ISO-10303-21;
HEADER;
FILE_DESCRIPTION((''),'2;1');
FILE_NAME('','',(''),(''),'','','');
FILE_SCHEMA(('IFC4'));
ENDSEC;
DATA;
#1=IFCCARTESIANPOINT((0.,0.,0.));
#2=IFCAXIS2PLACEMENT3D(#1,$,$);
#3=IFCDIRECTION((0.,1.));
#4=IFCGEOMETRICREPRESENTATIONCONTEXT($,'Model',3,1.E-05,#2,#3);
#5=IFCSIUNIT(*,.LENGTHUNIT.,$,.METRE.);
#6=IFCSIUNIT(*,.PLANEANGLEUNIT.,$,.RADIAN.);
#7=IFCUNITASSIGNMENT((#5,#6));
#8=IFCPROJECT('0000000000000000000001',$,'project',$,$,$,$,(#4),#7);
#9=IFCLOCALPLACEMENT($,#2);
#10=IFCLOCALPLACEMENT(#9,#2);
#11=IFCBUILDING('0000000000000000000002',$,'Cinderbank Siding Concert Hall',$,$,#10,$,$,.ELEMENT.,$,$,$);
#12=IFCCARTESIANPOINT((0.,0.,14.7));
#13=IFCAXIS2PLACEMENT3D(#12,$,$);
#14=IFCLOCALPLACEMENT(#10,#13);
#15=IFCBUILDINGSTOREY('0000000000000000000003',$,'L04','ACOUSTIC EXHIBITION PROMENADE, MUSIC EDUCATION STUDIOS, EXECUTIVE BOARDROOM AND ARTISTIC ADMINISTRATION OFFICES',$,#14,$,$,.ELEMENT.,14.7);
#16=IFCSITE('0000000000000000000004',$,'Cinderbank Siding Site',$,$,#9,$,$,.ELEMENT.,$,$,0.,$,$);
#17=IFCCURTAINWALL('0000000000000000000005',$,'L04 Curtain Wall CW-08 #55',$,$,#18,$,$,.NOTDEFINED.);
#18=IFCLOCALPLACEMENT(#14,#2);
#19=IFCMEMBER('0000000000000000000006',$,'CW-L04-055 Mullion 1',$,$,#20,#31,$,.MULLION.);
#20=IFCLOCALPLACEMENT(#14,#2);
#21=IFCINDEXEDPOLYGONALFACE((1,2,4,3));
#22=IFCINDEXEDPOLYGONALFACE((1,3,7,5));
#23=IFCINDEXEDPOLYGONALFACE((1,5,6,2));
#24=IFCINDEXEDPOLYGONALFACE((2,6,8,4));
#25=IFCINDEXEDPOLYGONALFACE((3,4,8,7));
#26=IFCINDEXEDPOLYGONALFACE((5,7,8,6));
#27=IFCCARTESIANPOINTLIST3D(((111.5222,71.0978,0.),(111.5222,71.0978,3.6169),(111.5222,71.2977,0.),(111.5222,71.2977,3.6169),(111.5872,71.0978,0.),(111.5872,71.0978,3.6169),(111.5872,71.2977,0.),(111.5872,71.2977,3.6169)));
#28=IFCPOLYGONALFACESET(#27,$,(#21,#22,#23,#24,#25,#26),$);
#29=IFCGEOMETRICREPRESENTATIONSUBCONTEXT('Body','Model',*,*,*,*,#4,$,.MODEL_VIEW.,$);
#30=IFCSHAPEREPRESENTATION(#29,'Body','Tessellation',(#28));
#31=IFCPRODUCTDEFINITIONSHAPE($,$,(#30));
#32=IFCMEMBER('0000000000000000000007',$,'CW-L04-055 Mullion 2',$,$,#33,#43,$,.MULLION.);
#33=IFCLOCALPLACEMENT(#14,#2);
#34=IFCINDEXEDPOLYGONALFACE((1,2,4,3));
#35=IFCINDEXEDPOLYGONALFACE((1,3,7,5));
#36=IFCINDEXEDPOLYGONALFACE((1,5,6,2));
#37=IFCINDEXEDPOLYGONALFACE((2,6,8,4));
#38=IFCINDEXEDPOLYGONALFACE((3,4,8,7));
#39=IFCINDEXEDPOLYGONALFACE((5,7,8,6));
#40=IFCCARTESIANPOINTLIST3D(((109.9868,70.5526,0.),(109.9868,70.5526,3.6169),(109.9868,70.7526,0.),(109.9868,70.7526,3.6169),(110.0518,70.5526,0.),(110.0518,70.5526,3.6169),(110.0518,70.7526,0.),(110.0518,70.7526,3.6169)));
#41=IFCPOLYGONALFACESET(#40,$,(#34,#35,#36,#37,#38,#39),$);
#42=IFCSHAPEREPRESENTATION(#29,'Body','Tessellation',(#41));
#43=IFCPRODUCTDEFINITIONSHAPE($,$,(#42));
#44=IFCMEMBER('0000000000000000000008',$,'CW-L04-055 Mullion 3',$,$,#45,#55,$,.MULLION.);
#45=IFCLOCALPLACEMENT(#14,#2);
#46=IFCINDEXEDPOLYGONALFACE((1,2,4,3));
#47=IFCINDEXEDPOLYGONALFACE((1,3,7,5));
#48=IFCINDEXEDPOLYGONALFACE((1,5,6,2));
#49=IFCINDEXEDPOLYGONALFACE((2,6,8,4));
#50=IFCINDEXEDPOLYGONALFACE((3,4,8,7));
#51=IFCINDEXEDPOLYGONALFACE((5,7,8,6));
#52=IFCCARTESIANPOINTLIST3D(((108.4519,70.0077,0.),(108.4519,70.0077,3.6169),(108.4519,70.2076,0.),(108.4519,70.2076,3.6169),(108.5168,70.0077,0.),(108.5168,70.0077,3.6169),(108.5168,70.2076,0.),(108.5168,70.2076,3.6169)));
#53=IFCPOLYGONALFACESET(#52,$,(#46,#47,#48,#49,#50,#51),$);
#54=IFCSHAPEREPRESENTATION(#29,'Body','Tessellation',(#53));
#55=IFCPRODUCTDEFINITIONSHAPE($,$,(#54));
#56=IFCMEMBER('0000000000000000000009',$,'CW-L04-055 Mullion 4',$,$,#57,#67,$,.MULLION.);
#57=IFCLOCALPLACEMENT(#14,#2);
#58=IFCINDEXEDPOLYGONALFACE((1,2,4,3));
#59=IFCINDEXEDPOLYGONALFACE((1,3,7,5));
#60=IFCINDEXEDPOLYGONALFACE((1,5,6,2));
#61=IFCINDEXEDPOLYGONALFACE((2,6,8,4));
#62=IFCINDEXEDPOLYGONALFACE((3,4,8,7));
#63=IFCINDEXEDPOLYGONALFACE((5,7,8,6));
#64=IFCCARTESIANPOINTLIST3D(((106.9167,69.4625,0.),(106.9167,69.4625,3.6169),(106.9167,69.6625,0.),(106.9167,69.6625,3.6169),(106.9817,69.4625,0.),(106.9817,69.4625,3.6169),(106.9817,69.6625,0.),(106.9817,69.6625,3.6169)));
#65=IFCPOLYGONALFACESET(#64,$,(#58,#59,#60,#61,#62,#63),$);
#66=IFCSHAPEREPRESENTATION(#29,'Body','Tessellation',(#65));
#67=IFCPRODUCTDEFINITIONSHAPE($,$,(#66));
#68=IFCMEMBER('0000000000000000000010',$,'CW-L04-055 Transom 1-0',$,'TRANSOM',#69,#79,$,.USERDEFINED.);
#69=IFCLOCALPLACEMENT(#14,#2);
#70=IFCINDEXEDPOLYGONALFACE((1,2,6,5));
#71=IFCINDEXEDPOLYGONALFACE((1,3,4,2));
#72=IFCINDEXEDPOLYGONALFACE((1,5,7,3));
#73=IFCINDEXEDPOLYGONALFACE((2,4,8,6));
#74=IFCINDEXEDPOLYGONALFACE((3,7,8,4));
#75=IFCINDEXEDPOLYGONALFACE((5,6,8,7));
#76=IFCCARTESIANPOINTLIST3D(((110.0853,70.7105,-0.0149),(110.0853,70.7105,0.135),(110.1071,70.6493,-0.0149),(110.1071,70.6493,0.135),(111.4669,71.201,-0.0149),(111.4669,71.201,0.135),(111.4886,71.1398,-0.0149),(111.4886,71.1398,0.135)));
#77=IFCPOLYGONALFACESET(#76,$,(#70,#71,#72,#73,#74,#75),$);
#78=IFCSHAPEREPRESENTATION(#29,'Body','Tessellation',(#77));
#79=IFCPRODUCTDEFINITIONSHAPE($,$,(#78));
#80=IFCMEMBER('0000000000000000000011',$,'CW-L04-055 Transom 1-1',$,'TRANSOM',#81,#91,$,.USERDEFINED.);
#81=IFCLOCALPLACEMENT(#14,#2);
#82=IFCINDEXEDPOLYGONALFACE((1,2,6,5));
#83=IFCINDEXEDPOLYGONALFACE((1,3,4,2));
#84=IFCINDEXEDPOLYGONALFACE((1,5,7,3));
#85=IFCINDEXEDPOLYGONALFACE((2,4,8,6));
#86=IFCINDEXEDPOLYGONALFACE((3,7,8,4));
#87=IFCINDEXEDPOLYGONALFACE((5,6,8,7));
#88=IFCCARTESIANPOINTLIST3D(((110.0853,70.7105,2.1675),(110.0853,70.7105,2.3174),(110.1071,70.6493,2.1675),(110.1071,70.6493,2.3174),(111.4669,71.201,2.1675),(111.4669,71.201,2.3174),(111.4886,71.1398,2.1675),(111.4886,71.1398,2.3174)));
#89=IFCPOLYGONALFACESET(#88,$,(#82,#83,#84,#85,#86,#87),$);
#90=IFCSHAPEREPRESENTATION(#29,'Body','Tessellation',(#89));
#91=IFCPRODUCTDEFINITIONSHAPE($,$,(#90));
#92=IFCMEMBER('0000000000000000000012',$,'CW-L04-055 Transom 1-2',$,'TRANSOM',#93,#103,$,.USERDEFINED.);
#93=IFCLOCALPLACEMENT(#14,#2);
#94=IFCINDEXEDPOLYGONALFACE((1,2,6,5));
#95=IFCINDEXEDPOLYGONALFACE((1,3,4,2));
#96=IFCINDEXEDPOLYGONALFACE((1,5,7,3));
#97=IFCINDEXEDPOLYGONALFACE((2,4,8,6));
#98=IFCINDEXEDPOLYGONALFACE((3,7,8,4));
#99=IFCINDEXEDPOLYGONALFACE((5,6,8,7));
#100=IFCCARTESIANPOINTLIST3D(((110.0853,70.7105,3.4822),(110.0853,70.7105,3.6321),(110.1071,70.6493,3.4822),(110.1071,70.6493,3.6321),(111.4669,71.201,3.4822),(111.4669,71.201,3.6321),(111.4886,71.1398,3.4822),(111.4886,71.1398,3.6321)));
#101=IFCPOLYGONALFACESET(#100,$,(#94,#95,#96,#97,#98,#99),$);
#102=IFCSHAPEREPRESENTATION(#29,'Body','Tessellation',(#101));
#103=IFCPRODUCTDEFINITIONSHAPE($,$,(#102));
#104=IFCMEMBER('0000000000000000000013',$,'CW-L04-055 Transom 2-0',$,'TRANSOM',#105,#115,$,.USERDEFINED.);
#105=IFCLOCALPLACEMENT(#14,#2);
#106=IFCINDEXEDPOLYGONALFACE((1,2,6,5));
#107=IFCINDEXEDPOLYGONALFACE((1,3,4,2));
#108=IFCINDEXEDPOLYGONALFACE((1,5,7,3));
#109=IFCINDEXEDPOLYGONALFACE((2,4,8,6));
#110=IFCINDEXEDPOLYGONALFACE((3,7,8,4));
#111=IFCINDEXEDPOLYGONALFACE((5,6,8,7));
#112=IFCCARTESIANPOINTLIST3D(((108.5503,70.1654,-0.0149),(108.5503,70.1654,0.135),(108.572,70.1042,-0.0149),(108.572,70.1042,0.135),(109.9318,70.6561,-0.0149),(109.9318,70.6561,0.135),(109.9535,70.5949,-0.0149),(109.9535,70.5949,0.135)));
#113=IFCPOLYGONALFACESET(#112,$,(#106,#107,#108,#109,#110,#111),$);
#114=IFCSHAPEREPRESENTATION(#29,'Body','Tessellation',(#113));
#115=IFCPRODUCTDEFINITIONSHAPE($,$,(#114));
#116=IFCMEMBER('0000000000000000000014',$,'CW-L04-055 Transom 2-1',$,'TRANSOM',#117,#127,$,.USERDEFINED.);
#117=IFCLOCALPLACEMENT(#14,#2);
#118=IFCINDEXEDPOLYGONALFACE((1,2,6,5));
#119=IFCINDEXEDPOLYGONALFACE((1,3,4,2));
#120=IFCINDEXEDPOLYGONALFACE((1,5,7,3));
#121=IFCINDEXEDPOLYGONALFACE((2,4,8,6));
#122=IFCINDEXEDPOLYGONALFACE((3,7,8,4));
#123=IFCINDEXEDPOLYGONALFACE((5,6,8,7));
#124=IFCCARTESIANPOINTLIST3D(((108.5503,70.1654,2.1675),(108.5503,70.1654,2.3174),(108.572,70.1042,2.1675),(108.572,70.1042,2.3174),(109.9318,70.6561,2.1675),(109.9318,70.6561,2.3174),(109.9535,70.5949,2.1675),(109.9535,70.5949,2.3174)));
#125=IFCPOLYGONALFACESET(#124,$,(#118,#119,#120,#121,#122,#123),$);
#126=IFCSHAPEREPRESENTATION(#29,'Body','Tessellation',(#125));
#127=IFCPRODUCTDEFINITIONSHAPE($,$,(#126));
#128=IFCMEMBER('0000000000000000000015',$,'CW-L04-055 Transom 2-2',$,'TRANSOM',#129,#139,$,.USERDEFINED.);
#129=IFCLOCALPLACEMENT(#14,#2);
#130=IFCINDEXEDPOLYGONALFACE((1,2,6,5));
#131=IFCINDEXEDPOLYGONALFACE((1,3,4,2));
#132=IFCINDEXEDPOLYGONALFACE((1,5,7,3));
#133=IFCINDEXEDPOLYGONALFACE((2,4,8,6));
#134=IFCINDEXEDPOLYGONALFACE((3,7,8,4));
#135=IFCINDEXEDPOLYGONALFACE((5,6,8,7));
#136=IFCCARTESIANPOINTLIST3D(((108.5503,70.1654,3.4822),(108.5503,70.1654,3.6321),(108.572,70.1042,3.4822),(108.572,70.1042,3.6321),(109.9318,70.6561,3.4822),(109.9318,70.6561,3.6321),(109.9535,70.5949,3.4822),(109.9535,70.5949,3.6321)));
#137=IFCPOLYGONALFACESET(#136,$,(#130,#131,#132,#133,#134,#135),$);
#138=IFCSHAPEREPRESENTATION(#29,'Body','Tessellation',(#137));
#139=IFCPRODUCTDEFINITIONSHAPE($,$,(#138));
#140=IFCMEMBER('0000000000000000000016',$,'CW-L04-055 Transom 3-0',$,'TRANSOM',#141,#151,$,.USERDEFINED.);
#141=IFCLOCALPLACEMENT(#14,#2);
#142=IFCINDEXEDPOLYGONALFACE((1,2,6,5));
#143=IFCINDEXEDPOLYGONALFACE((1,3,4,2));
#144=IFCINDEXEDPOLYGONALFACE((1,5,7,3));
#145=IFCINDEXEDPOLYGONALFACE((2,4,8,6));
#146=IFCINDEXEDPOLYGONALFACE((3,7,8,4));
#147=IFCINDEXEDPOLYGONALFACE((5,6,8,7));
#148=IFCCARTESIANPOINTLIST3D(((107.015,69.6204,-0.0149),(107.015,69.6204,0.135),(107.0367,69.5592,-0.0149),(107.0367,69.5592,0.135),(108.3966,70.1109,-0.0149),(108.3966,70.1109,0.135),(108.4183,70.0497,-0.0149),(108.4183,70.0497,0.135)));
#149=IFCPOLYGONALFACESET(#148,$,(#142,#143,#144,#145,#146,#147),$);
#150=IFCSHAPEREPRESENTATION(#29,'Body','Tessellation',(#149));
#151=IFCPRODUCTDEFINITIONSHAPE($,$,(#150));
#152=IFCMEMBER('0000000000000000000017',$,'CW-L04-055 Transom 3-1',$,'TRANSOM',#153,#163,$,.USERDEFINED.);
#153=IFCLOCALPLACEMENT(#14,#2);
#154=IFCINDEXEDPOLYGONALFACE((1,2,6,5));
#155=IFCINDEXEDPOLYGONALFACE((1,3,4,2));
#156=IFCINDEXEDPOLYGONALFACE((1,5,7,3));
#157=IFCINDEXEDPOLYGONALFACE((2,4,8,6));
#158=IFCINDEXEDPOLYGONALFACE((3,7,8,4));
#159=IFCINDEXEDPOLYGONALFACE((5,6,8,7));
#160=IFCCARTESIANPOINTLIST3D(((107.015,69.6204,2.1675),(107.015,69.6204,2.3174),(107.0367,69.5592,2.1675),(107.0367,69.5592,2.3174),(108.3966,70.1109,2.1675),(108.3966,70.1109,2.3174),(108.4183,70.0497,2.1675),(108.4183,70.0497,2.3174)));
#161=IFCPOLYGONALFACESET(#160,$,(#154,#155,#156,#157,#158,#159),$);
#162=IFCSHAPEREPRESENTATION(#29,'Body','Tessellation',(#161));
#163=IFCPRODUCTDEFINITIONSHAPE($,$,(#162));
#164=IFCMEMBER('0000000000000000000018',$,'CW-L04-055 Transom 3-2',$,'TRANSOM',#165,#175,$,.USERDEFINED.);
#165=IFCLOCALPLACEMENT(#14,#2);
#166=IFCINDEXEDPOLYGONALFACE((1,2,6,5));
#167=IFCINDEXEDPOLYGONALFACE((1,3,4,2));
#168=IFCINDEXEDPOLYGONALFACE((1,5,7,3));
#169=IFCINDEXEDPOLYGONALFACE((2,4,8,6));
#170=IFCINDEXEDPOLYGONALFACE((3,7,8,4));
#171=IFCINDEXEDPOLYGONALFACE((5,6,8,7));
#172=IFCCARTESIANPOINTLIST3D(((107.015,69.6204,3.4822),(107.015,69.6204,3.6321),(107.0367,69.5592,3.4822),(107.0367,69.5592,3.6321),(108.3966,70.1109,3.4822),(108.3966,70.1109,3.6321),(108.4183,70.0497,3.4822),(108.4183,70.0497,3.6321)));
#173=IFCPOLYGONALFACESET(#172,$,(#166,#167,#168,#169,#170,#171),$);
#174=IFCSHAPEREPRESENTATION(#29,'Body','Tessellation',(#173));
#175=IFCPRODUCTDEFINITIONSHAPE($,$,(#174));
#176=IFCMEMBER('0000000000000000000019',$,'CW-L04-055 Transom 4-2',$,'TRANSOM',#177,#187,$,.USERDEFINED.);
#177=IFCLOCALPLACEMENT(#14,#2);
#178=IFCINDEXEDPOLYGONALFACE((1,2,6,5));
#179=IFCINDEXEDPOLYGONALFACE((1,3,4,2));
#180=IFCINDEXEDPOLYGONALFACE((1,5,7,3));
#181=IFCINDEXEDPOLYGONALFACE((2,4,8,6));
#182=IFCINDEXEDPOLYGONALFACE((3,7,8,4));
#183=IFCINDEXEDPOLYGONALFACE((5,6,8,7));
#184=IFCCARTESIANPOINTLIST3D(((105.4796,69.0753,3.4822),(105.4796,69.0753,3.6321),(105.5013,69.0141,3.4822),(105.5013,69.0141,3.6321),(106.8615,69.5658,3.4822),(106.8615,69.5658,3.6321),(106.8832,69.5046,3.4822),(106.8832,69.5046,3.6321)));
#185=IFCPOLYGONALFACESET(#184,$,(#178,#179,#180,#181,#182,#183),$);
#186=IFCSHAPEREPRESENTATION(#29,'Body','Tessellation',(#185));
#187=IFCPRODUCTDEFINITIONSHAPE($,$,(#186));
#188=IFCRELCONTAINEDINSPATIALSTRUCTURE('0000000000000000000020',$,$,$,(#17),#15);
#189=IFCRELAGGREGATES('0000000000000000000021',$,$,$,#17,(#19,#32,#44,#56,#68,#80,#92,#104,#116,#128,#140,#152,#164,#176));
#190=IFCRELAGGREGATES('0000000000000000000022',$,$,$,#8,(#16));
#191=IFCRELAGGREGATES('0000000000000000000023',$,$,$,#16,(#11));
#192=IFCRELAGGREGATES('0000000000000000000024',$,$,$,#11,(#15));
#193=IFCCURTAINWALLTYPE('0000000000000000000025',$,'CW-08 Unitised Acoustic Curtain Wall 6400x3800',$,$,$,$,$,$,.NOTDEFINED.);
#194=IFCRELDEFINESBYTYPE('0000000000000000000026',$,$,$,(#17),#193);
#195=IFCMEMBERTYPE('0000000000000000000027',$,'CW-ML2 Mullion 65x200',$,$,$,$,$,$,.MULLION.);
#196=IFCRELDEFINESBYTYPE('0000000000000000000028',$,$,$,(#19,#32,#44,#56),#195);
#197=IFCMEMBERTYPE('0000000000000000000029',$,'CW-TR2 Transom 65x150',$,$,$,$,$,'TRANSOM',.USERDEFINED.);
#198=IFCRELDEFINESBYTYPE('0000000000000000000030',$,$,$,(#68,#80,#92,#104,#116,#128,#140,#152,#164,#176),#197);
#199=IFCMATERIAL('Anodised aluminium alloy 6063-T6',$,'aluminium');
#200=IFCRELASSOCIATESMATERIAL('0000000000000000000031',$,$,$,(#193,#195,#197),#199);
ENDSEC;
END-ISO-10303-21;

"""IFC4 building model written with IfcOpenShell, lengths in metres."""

from ifc_helpers import new_model, si_unit, direction, frame, origin, origin_2d, place, context, subcontext, project, spatial, rectangle, extrude, material, material_profile, profile_set, type_object, element, aggregate, save


model = new_model("IFC4")

# Units and contexts
model_context = context("Model", 3, precision=1e-05, world=origin(), true_north=direction((0.0, 1.0)))
body_context = subcontext(model_context, "Body", "Model", "MODEL_VIEW")
ifc_project = project(units=[si_unit("LENGTHUNIT", "METRE"), si_unit("PLANEANGLEUNIT", "RADIAN")], contexts=[model_context])

# Site, building, storey
site_placement = place(None, origin())
site = spatial("IfcSite", under=ifc_project, at=site_placement, Name="Cinderbank Siding Site", CompositionType="ELEMENT", RefElevation=0.0)
building_placement = place(site_placement, origin())
building = spatial("IfcBuilding", under=site, at=building_placement, Name="Cinderbank Siding Concert Hall", CompositionType="ELEMENT")
storey_placement = place(building_placement, frame((0.0, 0.0, 14.7)))
storey = spatial("IfcBuildingStorey", under=building, at=storey_placement, Name="L04", Description="ACOUSTIC EXHIBITION PROMENADE, MUSIC EDUCATION STUDIOS, EXECUTIVE BOARDROOM AND ARTISTIC ADMINISTRATION OFFICES", CompositionType="ELEMENT", Elevation=14.7)

# Curtain wall, members
ifc_material_1 = material(Name="Anodised aluminium alloy 6063-T6", Category="aluminium")
curtain_wall_type = type_object("IfcCurtainWallType", Name="CW-08 Unitised Acoustic Curtain Wall 6400x3800", PredefinedType="NOTDEFINED", material=ifc_material_1)
curtain_wall_placement = place(storey_placement, origin())
curtain_wall = element("IfcCurtainWall", 1, at=curtain_wall_placement, inside=storey, type_object=curtain_wall_type, Name="L04 Curtain Wall CW-08 #55", PredefinedType="NOTDEFINED")
ifc_material_profile_1 = material_profile(ifc_material_1, rectangle(XDim=0.0649, YDim=0.2, at=origin_2d()), Name="ALU-MULL-65x200", Category="LoadBearing")
ifc_profile_set_1 = profile_set([ifc_material_profile_1], Name="Anodised aluminium alloy 6063-T6")
member_type_1 = type_object("IfcMemberType", Name="CW-ML2 Mullion 65x200", PredefinedType="MULLION", material=ifc_profile_set_1)
member_1_placement = place(storey_placement, frame((111.5547, 71.1978, 0.0), z_axis=(0.0, 0.0, 1.0), x_axis=(1.0, 0.0, 0.0)))
member_1 = element("IfcMember", 2, at=member_1_placement, type_object=member_type_1, Name="CW-L04-055 Mullion 1", PredefinedType="MULLION", context=body_context, shape_type="SweptSolid", body=[
    extrude(rectangle(XDim=0.0649, YDim=0.2, at=origin_2d()), origin(), (0.0, 0.0, 1.0), 3.6169),
])
member_2_placement = place(storey_placement, frame((110.0193, 70.6526, 0.0), z_axis=(0.0, 0.0, 1.0), x_axis=(1.0, 0.0, 0.0)))
member_2 = element("IfcMember", 3, at=member_2_placement, type_object=member_type_1, Name="CW-L04-055 Mullion 2", PredefinedType="MULLION", context=body_context, shape_type="SweptSolid", body=[
    extrude(rectangle(XDim=0.0649, YDim=0.2, at=origin_2d()), origin(), (0.0, 0.0, 1.0), 3.6169),
])
member_3_placement = place(storey_placement, frame((108.4844, 70.1077, 0.0), z_axis=(0.0, 0.0, 1.0), x_axis=(1.0, 0.0, 0.0)))
member_3 = element("IfcMember", 4, at=member_3_placement, type_object=member_type_1, Name="CW-L04-055 Mullion 3", PredefinedType="MULLION", context=body_context, shape_type="SweptSolid", body=[
    extrude(rectangle(XDim=0.0649, YDim=0.2, at=origin_2d()), origin(), (0.0, 0.0, 1.0), 3.6169),
])
member_4_placement = place(storey_placement, frame((106.9492, 69.5625, 0.0), z_axis=(0.0, 0.0, 1.0), x_axis=(1.0, 0.0, 0.0)))
member_4 = element("IfcMember", 5, at=member_4_placement, type_object=member_type_1, Name="CW-L04-055 Mullion 4", PredefinedType="MULLION", context=body_context, shape_type="SweptSolid", body=[
    extrude(rectangle(XDim=0.0649, YDim=0.2, at=origin_2d()), origin(), (0.0, 0.0, 1.0), 3.6169),
])
ifc_material_profile_2 = material_profile(ifc_material_1, rectangle(XDim=0.0649, YDim=0.1499, at=origin_2d()), Name="ALU-TRAN-65x150", Category="LoadBearing")
ifc_profile_set_2 = profile_set([ifc_material_profile_2], Name="Anodised aluminium alloy 6063-T6")
member_type_2 = type_object("IfcMemberType", Name="CW-TR2 Transom 65x150", ElementType="TRANSOM", PredefinedType="USERDEFINED", material=ifc_profile_set_2)
member_5_placement = place(storey_placement, frame((111.4778, 71.1704, 0.0601), z_axis=(-0.942377, -0.334553, 0.0), x_axis=(0.334553, -0.942377, 0.0)))
member_5 = element("IfcMember", 6, at=member_5_placement, type_object=member_type_2, Name="CW-L04-055 Transom 1-0", ObjectType="TRANSOM", PredefinedType="USERDEFINED", context=body_context, shape_type="SweptSolid", body=[
    extrude(rectangle(XDim=0.0649, YDim=0.1499, at=origin_2d()), origin(), (0.0, 0.0, 1.0), 1.4661),
])
member_6_placement = place(storey_placement, frame((111.4778, 71.1704, 2.2424), z_axis=(-0.942377, -0.334553, 0.0), x_axis=(0.334553, -0.942377, 0.0)))
member_6 = element("IfcMember", 7, at=member_6_placement, type_object=member_type_2, Name="CW-L04-055 Transom 1-1", ObjectType="TRANSOM", PredefinedType="USERDEFINED", context=body_context, shape_type="SweptSolid", body=[
    extrude(rectangle(XDim=0.0649, YDim=0.1499, at=origin_2d()), origin(), (0.0, 0.0, 1.0), 1.4661),
])
member_7_placement = place(storey_placement, frame((111.4778, 71.1704, 3.5571), z_axis=(-0.942377, -0.334553, 0.0), x_axis=(0.334553, -0.942377, 0.0)))
member_7 = element("IfcMember", 8, at=member_7_placement, type_object=member_type_2, Name="CW-L04-055 Transom 1-2", ObjectType="TRANSOM", PredefinedType="USERDEFINED", context=body_context, shape_type="SweptSolid", body=[
    extrude(rectangle(XDim=0.0649, YDim=0.1499, at=origin_2d()), origin(), (0.0, 0.0, 1.0), 1.4661),
])
member_8_placement = place(storey_placement, frame((109.9426, 70.6255, 0.0601), z_axis=(-0.942324, -0.334701, 0.0), x_axis=(0.334701, -0.942324, 0.0)))
member_8 = element("IfcMember", 9, at=member_8_placement, type_object=member_type_2, Name="CW-L04-055 Transom 2-0", ObjectType="TRANSOM", PredefinedType="USERDEFINED", context=body_context, shape_type="SweptSolid", body=[
    extrude(rectangle(XDim=0.0649, YDim=0.1499, at=origin_2d()), origin(), (0.0, 0.0, 1.0), 1.4661),
])
member_9_placement = place(storey_placement, frame((109.9426, 70.6255, 2.2424), z_axis=(-0.942324, -0.334701, 0.0), x_axis=(0.334701, -0.942324, 0.0)))
member_9 = element("IfcMember", 10, at=member_9_placement, type_object=member_type_2, Name="CW-L04-055 Transom 2-1", ObjectType="TRANSOM", PredefinedType="USERDEFINED", context=body_context, shape_type="SweptSolid", body=[
    extrude(rectangle(XDim=0.0649, YDim=0.1499, at=origin_2d()), origin(), (0.0, 0.0, 1.0), 1.4661),
])
member_10_placement = place(storey_placement, frame((109.9426, 70.6255, 3.5571), z_axis=(-0.942324, -0.334701, 0.0), x_axis=(0.334701, -0.942324, 0.0)))
member_10 = element("IfcMember", 11, at=member_10_placement, type_object=member_type_2, Name="CW-L04-055 Transom 2-2", ObjectType="TRANSOM", PredefinedType="USERDEFINED", context=body_context, shape_type="SweptSolid", body=[
    extrude(rectangle(XDim=0.0649, YDim=0.1499, at=origin_2d()), origin(), (0.0, 0.0, 1.0), 1.4661),
])
member_11_placement = place(storey_placement, frame((108.4075, 70.0803, 0.0601), z_axis=(-0.942377, -0.334553, 0.0), x_axis=(0.334553, -0.942377, 0.0)))
member_11 = element("IfcMember", 12, at=member_11_placement, type_object=member_type_2, Name="CW-L04-055 Transom 3-0", ObjectType="TRANSOM", PredefinedType="USERDEFINED", context=body_context, shape_type="SweptSolid", body=[
    extrude(rectangle(XDim=0.0649, YDim=0.1499, at=origin_2d()), origin(), (0.0, 0.0, 1.0), 1.4661),
])
member_12_placement = place(storey_placement, frame((108.4075, 70.0803, 2.2424), z_axis=(-0.942377, -0.334553, 0.0), x_axis=(0.334553, -0.942377, 0.0)))
member_12 = element("IfcMember", 13, at=member_12_placement, type_object=member_type_2, Name="CW-L04-055 Transom 3-1", ObjectType="TRANSOM", PredefinedType="USERDEFINED", context=body_context, shape_type="SweptSolid", body=[
    extrude(rectangle(XDim=0.0649, YDim=0.1499, at=origin_2d()), origin(), (0.0, 0.0, 1.0), 1.4661),
])
member_13_placement = place(storey_placement, frame((108.4075, 70.0803, 3.5571), z_axis=(-0.942377, -0.334553, 0.0), x_axis=(0.334553, -0.942377, 0.0)))
member_13 = element("IfcMember", 14, at=member_13_placement, type_object=member_type_2, Name="CW-L04-055 Transom 3-2", ObjectType="TRANSOM", PredefinedType="USERDEFINED", context=body_context, shape_type="SweptSolid", body=[
    extrude(rectangle(XDim=0.0649, YDim=0.1499, at=origin_2d()), origin(), (0.0, 0.0, 1.0), 1.4661),
])
member_14_placement = place(storey_placement, frame((106.8723, 69.5352, 3.5571), z_axis=(-0.942396, -0.3345, 0.0), x_axis=(0.3345, -0.942396, 0.0)))
member_14 = element("IfcMember", 15, at=member_14_placement, type_object=member_type_2, Name="CW-L04-055 Transom 4-2", ObjectType="TRANSOM", PredefinedType="USERDEFINED", context=body_context, shape_type="SweptSolid", body=[
    extrude(rectangle(XDim=0.0649, YDim=0.1499, at=origin_2d()), origin(), (0.0, 0.0, 1.0), 1.4663),
])
aggregate(curtain_wall, [member_1, member_2, member_3, member_4, member_5, member_6, member_7, member_8, member_9, member_10, member_11, member_12, member_13, member_14])

save(model, "model.ifc")
